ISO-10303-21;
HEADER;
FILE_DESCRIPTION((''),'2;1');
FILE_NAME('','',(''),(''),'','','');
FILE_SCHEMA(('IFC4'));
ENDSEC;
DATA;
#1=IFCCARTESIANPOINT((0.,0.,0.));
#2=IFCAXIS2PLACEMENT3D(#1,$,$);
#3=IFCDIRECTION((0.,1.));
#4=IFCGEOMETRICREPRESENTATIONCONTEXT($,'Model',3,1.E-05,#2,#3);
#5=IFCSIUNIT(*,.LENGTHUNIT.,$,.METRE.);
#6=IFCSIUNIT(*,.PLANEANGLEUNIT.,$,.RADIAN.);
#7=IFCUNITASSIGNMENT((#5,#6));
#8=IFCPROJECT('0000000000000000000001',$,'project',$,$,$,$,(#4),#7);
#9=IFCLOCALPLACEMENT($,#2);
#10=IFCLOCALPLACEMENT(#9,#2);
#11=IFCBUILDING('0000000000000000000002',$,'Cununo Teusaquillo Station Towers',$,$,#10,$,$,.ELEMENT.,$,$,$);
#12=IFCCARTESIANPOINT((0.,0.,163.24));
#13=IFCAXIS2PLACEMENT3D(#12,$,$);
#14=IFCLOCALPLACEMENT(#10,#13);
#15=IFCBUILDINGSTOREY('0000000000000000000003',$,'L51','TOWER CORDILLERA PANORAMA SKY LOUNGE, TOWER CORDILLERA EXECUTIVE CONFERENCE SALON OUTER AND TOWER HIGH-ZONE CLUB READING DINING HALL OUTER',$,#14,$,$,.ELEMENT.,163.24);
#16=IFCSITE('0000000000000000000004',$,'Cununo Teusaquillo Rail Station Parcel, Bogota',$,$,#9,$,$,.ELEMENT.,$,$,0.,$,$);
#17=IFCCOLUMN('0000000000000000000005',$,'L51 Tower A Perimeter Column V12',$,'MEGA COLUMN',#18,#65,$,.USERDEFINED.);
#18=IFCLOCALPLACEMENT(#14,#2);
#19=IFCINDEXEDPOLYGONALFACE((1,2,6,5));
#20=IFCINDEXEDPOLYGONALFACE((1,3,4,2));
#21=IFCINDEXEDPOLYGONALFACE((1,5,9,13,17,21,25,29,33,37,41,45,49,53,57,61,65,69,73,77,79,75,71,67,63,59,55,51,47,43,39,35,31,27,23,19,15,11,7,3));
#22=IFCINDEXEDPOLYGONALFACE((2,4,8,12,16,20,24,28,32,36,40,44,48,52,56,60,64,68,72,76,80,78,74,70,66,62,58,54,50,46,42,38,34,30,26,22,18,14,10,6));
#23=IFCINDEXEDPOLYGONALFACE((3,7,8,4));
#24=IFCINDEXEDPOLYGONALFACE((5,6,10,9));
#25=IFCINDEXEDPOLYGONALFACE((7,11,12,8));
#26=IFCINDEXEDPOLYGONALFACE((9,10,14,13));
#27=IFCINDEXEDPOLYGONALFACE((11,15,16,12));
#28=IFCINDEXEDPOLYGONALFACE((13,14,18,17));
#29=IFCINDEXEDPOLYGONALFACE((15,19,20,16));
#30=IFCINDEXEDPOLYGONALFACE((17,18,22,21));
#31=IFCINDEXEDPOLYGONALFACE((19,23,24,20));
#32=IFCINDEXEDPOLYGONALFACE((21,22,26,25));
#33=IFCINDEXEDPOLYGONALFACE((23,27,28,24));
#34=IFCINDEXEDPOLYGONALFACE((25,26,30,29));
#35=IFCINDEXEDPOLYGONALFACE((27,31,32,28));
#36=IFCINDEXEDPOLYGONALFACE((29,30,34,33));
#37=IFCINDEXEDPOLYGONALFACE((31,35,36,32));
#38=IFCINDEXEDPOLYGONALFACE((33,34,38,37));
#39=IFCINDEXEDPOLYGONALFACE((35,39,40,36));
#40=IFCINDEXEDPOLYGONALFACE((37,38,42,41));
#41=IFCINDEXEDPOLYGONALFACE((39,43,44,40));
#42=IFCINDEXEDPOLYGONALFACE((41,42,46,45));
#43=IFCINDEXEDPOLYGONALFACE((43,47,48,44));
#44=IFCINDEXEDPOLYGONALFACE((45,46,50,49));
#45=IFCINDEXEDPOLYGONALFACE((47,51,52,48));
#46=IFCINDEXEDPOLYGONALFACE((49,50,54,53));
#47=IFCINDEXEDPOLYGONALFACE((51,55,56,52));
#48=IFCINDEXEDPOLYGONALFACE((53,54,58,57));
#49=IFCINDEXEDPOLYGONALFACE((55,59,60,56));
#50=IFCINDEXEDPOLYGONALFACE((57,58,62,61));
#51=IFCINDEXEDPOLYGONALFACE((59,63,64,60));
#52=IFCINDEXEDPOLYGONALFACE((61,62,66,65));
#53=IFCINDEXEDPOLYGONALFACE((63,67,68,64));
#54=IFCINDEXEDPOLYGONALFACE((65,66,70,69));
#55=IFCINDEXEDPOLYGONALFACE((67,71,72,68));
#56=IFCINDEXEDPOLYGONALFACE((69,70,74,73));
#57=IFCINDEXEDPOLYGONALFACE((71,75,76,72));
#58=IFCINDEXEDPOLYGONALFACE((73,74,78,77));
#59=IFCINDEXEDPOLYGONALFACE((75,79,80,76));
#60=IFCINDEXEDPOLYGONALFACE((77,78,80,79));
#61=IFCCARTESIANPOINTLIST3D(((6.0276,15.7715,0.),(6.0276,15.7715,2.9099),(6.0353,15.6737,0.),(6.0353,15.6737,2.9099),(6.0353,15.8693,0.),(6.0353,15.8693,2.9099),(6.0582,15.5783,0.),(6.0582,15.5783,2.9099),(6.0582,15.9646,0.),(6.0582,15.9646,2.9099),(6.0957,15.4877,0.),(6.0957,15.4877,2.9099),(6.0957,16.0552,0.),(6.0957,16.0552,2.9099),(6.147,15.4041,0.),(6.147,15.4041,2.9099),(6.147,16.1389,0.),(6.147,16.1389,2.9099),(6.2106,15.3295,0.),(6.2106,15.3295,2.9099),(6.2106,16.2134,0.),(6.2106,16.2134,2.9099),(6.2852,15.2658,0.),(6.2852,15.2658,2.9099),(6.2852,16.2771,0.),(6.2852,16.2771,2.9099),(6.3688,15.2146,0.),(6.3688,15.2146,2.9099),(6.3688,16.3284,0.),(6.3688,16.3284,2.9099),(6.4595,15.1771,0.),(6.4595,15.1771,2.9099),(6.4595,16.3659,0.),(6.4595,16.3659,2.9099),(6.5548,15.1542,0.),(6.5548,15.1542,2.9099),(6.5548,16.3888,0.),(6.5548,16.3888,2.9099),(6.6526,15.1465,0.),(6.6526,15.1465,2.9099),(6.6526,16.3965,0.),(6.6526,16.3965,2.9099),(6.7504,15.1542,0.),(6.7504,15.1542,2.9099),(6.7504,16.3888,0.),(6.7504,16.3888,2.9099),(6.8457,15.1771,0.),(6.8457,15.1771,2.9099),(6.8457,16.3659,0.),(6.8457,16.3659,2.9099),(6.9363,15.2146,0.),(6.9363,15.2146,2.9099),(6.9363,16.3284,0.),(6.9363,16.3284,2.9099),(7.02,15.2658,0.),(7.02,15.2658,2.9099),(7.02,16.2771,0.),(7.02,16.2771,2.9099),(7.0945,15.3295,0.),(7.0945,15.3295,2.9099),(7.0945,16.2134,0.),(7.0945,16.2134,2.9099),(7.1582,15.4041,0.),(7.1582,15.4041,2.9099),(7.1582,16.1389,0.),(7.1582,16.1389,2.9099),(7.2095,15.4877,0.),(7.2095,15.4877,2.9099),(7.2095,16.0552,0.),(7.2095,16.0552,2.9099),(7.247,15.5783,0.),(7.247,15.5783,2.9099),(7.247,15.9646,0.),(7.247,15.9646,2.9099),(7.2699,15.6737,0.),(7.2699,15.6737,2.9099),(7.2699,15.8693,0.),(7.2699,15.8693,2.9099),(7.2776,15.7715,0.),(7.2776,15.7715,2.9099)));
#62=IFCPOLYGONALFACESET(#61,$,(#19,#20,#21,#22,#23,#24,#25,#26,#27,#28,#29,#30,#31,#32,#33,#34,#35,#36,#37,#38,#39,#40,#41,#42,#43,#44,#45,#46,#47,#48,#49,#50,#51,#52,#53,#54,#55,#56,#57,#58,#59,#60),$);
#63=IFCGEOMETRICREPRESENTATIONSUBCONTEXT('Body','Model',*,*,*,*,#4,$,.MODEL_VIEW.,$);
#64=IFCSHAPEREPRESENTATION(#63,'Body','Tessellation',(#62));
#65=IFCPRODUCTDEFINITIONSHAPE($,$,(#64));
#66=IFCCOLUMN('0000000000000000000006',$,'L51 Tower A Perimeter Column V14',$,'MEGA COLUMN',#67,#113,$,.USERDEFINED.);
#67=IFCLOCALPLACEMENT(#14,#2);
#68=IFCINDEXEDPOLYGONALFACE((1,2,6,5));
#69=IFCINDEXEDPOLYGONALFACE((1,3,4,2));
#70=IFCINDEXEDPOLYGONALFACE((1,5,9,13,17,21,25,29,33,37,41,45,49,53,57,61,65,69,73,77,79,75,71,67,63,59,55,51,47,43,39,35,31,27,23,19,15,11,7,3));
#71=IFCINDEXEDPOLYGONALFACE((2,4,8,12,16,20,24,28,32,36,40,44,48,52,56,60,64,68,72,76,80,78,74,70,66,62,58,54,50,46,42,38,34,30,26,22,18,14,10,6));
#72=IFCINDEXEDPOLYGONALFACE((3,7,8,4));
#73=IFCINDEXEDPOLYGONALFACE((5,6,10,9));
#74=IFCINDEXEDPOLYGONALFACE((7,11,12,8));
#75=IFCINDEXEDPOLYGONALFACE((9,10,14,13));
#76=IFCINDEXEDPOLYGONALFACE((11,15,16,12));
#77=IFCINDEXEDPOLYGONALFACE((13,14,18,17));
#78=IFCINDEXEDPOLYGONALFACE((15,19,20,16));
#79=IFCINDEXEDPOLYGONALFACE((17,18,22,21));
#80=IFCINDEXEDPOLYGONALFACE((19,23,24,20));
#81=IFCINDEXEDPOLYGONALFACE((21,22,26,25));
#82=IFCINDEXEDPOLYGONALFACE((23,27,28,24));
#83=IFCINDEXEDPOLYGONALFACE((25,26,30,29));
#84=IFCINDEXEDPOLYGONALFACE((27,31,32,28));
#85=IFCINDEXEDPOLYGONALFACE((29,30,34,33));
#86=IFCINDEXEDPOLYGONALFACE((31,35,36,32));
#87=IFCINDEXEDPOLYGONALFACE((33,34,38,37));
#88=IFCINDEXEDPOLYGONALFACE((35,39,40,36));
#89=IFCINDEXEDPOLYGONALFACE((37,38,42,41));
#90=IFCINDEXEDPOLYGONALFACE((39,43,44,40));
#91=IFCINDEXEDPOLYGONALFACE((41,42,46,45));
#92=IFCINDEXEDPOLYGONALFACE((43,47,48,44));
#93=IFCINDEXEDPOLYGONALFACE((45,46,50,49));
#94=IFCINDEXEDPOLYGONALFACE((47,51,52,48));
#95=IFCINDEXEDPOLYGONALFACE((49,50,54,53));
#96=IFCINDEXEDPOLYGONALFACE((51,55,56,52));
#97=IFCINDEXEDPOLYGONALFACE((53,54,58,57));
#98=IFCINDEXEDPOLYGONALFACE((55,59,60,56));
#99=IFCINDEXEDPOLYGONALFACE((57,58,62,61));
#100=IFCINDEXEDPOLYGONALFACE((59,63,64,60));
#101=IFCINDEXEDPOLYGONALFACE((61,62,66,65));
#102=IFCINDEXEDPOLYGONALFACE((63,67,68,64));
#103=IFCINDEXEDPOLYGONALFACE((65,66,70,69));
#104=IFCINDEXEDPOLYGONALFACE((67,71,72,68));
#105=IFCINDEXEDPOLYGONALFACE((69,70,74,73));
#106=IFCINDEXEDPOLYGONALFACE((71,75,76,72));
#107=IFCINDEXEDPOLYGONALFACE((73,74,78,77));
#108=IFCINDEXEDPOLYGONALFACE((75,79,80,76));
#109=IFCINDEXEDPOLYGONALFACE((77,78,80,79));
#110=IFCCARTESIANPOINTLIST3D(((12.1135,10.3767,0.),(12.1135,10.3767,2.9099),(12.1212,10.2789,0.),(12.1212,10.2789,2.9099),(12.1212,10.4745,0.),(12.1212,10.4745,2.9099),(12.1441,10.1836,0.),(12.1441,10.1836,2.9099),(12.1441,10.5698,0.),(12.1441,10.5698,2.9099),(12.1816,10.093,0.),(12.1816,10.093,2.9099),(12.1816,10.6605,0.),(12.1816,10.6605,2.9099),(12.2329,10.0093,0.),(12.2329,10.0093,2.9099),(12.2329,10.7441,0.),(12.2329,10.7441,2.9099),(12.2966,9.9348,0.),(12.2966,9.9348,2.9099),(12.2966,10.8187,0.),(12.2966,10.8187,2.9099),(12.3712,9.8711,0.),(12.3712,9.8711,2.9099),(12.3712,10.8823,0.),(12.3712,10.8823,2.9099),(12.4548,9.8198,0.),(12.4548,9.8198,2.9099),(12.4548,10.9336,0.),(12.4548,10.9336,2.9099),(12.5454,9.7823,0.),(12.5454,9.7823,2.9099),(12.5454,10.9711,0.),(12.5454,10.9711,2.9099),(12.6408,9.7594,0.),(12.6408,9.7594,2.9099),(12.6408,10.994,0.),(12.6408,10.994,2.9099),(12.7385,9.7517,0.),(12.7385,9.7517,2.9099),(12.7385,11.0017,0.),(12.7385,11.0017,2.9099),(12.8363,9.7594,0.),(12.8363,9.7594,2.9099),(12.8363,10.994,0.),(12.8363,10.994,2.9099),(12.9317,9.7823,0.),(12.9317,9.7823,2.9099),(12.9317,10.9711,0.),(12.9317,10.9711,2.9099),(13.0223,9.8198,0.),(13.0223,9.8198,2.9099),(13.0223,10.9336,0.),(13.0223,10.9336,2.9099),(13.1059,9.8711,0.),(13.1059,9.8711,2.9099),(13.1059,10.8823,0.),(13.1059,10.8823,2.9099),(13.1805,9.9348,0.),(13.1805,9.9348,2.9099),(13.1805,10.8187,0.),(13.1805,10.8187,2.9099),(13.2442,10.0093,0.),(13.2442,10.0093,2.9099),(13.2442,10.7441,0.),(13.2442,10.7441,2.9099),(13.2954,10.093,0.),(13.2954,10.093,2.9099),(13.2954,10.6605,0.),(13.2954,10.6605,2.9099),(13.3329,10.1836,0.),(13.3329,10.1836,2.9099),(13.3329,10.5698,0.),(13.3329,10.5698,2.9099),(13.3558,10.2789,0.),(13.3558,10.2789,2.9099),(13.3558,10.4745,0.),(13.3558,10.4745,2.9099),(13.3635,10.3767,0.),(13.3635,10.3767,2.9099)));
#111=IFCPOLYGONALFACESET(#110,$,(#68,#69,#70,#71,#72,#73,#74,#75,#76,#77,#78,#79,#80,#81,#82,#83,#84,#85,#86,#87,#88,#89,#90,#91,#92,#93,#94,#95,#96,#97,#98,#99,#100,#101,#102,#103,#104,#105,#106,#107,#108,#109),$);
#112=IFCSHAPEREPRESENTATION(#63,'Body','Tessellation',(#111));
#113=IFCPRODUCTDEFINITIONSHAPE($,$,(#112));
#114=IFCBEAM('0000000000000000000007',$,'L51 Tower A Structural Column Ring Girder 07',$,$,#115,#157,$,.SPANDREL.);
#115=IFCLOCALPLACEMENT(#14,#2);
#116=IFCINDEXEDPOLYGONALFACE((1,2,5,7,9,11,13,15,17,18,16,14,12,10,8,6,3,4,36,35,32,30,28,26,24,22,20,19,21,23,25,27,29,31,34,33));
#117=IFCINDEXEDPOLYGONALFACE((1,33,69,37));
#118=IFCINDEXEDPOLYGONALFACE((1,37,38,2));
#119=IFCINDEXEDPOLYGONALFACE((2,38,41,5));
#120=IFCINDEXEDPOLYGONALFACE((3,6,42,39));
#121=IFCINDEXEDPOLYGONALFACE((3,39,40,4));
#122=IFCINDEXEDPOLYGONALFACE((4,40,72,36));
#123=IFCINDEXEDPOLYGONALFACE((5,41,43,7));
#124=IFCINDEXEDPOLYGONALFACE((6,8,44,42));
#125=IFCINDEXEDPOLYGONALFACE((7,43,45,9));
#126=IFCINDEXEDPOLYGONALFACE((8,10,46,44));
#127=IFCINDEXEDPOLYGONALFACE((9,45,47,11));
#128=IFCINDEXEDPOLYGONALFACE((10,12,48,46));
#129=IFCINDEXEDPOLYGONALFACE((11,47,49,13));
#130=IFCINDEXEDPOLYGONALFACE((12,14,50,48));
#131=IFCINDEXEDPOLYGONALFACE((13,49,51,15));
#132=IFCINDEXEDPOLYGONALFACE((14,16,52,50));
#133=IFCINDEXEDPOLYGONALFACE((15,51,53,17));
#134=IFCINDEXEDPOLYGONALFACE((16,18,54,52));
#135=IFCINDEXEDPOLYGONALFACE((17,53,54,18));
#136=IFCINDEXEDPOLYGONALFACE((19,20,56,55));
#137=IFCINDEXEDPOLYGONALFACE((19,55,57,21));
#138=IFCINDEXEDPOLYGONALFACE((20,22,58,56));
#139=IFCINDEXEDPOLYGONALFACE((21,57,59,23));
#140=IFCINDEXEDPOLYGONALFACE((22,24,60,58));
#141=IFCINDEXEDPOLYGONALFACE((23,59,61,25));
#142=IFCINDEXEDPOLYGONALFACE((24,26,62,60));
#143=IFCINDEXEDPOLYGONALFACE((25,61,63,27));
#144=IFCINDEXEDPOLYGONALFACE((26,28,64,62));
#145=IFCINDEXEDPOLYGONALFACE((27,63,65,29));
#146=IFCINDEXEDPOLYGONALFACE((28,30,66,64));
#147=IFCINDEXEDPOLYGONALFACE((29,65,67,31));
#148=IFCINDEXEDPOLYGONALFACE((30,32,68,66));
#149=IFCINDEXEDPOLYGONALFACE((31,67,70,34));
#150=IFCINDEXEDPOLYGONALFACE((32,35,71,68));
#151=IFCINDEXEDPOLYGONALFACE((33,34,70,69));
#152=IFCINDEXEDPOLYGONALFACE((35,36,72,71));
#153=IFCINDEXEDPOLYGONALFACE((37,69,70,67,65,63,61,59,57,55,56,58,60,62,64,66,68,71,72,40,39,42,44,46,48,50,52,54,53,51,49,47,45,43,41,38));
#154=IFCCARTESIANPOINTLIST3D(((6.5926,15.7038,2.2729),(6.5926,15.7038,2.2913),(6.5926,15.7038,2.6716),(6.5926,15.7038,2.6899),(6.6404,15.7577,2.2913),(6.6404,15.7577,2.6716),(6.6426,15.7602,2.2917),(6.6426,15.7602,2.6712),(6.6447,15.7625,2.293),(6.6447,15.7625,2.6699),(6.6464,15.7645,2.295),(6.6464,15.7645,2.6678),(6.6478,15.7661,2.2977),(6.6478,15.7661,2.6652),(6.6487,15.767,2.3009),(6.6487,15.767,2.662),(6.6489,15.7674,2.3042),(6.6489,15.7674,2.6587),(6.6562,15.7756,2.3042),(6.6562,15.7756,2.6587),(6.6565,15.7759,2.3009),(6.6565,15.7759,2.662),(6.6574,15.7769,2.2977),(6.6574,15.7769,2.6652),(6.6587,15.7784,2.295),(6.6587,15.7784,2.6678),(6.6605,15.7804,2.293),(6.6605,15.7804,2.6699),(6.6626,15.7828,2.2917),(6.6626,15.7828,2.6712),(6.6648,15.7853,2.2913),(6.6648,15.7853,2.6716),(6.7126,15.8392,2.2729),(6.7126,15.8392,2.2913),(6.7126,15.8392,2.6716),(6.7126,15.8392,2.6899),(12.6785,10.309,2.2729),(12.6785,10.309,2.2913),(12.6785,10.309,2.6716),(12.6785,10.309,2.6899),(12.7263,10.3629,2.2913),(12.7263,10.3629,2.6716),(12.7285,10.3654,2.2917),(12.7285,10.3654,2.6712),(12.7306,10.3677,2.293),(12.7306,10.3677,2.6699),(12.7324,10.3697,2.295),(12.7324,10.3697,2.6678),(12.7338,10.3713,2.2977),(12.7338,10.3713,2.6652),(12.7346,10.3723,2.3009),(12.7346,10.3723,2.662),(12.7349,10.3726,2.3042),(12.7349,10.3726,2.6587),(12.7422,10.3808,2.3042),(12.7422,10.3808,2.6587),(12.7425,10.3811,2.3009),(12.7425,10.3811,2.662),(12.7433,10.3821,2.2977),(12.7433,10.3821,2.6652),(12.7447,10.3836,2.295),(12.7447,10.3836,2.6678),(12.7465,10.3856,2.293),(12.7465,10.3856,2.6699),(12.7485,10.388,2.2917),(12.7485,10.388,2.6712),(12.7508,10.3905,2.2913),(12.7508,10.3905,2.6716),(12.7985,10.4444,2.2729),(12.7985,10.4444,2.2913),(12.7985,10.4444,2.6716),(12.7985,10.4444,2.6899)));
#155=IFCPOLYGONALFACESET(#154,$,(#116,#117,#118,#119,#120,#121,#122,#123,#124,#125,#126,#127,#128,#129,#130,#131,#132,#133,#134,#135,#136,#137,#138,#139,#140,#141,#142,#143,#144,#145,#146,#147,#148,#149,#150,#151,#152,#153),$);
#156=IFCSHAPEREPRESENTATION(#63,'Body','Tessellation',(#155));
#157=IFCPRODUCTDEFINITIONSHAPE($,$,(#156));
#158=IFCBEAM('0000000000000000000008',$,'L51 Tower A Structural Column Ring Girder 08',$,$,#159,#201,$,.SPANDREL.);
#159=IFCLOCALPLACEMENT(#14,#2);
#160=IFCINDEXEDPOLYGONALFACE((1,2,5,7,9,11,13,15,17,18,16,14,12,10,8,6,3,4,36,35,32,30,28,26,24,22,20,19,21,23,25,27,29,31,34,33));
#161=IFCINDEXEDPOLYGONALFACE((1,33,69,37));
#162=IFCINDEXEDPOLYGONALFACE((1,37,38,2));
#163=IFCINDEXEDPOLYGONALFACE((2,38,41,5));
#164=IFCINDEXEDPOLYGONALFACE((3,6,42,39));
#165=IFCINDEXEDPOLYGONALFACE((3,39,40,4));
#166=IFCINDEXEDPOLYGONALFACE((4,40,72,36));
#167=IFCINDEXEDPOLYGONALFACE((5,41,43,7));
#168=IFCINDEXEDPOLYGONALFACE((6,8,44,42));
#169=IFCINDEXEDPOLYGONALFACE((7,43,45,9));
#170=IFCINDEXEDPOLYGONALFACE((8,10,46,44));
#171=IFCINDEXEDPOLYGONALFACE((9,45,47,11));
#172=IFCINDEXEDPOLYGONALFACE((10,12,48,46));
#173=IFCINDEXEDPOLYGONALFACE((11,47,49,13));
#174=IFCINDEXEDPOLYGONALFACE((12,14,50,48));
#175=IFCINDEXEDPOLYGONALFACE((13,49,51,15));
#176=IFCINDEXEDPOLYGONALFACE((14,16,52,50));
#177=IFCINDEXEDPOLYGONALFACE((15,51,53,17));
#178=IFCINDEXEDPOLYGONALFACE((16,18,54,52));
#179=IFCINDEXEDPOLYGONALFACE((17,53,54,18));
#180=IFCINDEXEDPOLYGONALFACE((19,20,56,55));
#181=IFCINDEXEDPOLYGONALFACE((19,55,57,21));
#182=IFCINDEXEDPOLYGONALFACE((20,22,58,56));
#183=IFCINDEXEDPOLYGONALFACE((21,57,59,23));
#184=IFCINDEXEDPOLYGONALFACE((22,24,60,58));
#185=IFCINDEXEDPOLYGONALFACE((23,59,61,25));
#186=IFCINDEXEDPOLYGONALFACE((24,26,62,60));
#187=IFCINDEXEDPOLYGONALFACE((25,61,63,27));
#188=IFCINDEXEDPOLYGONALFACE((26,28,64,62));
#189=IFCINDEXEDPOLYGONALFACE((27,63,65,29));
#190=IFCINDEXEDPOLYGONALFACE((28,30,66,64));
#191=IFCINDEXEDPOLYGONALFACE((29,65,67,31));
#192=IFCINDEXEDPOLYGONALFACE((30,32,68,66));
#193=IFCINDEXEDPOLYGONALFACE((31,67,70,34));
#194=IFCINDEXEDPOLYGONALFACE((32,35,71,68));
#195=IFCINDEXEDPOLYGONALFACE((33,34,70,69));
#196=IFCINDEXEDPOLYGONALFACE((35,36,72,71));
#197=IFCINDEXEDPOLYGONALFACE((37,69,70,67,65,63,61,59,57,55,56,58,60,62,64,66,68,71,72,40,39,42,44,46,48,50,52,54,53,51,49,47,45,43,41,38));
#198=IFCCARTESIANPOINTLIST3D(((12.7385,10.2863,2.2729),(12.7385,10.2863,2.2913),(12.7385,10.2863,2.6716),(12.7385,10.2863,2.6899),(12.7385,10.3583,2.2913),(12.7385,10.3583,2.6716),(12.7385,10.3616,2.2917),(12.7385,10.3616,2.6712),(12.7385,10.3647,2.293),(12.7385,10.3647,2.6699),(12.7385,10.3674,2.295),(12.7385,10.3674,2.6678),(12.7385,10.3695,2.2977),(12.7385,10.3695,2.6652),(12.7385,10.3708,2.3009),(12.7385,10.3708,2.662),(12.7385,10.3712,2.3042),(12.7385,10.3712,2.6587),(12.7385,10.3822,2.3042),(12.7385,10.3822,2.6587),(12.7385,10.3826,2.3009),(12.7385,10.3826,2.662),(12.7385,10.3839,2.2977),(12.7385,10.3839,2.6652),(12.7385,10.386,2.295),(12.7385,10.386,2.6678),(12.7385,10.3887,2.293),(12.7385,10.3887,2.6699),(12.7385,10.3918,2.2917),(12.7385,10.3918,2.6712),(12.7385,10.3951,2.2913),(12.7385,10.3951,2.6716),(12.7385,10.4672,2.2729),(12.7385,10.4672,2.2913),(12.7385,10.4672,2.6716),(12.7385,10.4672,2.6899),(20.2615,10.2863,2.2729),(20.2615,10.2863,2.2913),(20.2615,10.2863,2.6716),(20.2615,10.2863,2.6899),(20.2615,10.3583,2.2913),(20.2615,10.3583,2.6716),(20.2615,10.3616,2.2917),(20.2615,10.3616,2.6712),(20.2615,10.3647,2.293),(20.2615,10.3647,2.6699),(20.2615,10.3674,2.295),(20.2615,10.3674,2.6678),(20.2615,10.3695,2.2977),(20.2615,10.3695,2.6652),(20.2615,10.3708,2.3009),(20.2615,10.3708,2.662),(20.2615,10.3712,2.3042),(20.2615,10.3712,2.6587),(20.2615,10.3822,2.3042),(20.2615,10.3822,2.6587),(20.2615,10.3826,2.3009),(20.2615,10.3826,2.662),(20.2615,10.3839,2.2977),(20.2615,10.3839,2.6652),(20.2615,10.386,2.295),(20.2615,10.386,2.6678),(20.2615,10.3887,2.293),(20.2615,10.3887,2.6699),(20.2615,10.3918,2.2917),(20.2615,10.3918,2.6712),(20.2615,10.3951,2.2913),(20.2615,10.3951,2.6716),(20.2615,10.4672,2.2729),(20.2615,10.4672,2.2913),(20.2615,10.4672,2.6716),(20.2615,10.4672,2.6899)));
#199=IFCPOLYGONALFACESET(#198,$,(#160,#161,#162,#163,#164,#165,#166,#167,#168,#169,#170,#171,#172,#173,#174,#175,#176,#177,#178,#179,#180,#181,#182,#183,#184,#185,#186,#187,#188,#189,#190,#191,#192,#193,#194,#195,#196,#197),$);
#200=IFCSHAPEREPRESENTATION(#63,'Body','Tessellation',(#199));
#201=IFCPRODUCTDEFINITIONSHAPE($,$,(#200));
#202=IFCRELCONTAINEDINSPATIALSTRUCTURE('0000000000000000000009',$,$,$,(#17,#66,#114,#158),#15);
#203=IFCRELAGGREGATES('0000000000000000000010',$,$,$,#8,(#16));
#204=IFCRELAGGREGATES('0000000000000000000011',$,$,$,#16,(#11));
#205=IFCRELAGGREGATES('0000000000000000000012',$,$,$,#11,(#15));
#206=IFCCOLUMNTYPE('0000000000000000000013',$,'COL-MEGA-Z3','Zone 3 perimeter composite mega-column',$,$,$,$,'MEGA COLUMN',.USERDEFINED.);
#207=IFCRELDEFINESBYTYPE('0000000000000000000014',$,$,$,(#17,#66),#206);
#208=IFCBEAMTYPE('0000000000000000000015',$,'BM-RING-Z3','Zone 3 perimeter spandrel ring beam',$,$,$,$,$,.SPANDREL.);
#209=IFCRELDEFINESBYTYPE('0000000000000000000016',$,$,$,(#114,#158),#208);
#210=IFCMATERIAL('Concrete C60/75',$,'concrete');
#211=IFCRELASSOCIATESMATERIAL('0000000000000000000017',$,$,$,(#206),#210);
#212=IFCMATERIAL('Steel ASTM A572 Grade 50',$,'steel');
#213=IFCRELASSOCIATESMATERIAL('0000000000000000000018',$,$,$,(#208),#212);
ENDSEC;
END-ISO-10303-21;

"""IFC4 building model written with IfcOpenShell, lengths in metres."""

from ifc_helpers import new_model, si_unit, direction, frame, origin, origin_2d, place, context, subcontext, project, spatial, circle, i_section, extrude, material, material_profile, profile_set, type_object, element, save


model = new_model("IFC4")

# Units and contexts
model_context = context("Model", 3, precision=1e-05, world=origin(), true_north=direction((0.0, 1.0)))
body_context = subcontext(model_context, "Body", "Model", "MODEL_VIEW")
ifc_project = project(units=[si_unit("LENGTHUNIT", "METRE"), si_unit("PLANEANGLEUNIT", "RADIAN")], contexts=[model_context])

# Site, building, storey
site_placement = place(None, origin())
site = spatial("IfcSite", under=ifc_project, at=site_placement, Name="Cununo Teusaquillo Rail Station Parcel, Bogota", CompositionType="ELEMENT", RefElevation=0.0)
building_placement = place(site_placement, origin())
building = spatial("IfcBuilding", under=site, at=building_placement, Name="Cununo Teusaquillo Station Towers", CompositionType="ELEMENT")
storey_placement = place(building_placement, frame((0.0, 0.0, 163.24)))
storey = spatial("IfcBuildingStorey", under=building, at=storey_placement, Name="L51", Description="TOWER CORDILLERA PANORAMA SKY LOUNGE, TOWER CORDILLERA EXECUTIVE CONFERENCE SALON OUTER AND TOWER HIGH-ZONE CLUB READING DINING HALL OUTER", CompositionType="ELEMENT", Elevation=163.24)

# Columns
ifc_material_1 = material(Name="Concrete C60/75", Category="concrete")
ifc_material_profile_1 = material_profile(ifc_material_1, circle(Radius=0.625, at=origin_2d()), Name="RC-CIRC-1250")
ifc_profile_set_1 = profile_set([ifc_material_profile_1], Name="Concrete C60/75")
column_type = type_object("IfcColumnType", Name="COL-MEGA-Z3", Description="Zone 3 perimeter composite mega-column", ElementType="MEGA COLUMN", PredefinedType="USERDEFINED", material=ifc_profile_set_1)
for number, where, z_axis, x_axis, name in (
    (1, (6.6526, 15.7715, 0.0), (0.0, 0.0, 1.0), (1.0, 0.0, 0.0), "L51 Tower A Perimeter Column V12"),
    (2, (12.7385, 10.3767, 0.0), (0.0, 0.0, 1.0), (1.0, 0.0, 0.0), "L51 Tower A Perimeter Column V14"),
):
    element("IfcColumn", number, at=place(storey_placement, frame(where, z_axis=z_axis, x_axis=x_axis)), inside=storey, type_object=column_type, Name=name, ObjectType="MEGA COLUMN", PredefinedType="USERDEFINED", context=body_context, shape_type="SweptSolid", body=[
        extrude(circle(Radius=0.625, at=origin_2d()), origin(), (0.0, 0.0, 1.0), 2.9099),
    ])

# Beams
ifc_material_2 = material(Name="Steel ASTM A572 Grade 50", Category="steel")
ifc_material_profile_2 = material_profile(ifc_material_2, i_section(OverallWidth=0.1809, OverallDepth=0.417, WebThickness=0.011, FlangeThickness=0.0183, FilletRadius=0.0129, at=origin_2d()), Name="W16X57")
ifc_profile_set_2 = profile_set([ifc_material_profile_2], Name="Steel ASTM A572 Grade 50")
beam_type = type_object("IfcBeamType", Name="BM-RING-Z3", Description="Zone 3 perimeter spandrel ring beam", PredefinedType="SPANDREL", material=ifc_profile_set_2)
beam_1_placement = place(storey_placement, frame((6.6526, 15.7715, 2.4814), z_axis=(0.748321, -0.663337, 0.0), x_axis=(0.663337, 0.748321, 0.0)))
element("IfcBeam", 3, at=beam_1_placement, inside=storey, type_object=beam_type, Name="L51 Tower A Structural Column Ring Girder 07", PredefinedType="SPANDREL", context=body_context, shape_type="SweptSolid", body=[
    extrude(i_section(OverallWidth=0.1809, OverallDepth=0.417, WebThickness=0.011, FlangeThickness=0.0183, FilletRadius=0.0129, at=origin_2d()), origin(), (0.0, 0.0, 1.0), 8.1328),
])
beam_2_placement = place(storey_placement, frame((12.7385, 10.3767, 2.4814), z_axis=(1.0, 0.0, 0.0), x_axis=(0.0, 1.0, 0.0)))
element("IfcBeam", 4, at=beam_2_placement, inside=storey, type_object=beam_type, Name="L51 Tower A Structural Column Ring Girder 08", PredefinedType="SPANDREL", context=body_context, shape_type="SweptSolid", body=[
    extrude(i_section(OverallWidth=0.1809, OverallDepth=0.417, WebThickness=0.011, FlangeThickness=0.0183, FilletRadius=0.0129, at=origin_2d()), origin(), (0.0, 0.0, 1.0), 7.5229),
])

save(model, "model.ifc")
